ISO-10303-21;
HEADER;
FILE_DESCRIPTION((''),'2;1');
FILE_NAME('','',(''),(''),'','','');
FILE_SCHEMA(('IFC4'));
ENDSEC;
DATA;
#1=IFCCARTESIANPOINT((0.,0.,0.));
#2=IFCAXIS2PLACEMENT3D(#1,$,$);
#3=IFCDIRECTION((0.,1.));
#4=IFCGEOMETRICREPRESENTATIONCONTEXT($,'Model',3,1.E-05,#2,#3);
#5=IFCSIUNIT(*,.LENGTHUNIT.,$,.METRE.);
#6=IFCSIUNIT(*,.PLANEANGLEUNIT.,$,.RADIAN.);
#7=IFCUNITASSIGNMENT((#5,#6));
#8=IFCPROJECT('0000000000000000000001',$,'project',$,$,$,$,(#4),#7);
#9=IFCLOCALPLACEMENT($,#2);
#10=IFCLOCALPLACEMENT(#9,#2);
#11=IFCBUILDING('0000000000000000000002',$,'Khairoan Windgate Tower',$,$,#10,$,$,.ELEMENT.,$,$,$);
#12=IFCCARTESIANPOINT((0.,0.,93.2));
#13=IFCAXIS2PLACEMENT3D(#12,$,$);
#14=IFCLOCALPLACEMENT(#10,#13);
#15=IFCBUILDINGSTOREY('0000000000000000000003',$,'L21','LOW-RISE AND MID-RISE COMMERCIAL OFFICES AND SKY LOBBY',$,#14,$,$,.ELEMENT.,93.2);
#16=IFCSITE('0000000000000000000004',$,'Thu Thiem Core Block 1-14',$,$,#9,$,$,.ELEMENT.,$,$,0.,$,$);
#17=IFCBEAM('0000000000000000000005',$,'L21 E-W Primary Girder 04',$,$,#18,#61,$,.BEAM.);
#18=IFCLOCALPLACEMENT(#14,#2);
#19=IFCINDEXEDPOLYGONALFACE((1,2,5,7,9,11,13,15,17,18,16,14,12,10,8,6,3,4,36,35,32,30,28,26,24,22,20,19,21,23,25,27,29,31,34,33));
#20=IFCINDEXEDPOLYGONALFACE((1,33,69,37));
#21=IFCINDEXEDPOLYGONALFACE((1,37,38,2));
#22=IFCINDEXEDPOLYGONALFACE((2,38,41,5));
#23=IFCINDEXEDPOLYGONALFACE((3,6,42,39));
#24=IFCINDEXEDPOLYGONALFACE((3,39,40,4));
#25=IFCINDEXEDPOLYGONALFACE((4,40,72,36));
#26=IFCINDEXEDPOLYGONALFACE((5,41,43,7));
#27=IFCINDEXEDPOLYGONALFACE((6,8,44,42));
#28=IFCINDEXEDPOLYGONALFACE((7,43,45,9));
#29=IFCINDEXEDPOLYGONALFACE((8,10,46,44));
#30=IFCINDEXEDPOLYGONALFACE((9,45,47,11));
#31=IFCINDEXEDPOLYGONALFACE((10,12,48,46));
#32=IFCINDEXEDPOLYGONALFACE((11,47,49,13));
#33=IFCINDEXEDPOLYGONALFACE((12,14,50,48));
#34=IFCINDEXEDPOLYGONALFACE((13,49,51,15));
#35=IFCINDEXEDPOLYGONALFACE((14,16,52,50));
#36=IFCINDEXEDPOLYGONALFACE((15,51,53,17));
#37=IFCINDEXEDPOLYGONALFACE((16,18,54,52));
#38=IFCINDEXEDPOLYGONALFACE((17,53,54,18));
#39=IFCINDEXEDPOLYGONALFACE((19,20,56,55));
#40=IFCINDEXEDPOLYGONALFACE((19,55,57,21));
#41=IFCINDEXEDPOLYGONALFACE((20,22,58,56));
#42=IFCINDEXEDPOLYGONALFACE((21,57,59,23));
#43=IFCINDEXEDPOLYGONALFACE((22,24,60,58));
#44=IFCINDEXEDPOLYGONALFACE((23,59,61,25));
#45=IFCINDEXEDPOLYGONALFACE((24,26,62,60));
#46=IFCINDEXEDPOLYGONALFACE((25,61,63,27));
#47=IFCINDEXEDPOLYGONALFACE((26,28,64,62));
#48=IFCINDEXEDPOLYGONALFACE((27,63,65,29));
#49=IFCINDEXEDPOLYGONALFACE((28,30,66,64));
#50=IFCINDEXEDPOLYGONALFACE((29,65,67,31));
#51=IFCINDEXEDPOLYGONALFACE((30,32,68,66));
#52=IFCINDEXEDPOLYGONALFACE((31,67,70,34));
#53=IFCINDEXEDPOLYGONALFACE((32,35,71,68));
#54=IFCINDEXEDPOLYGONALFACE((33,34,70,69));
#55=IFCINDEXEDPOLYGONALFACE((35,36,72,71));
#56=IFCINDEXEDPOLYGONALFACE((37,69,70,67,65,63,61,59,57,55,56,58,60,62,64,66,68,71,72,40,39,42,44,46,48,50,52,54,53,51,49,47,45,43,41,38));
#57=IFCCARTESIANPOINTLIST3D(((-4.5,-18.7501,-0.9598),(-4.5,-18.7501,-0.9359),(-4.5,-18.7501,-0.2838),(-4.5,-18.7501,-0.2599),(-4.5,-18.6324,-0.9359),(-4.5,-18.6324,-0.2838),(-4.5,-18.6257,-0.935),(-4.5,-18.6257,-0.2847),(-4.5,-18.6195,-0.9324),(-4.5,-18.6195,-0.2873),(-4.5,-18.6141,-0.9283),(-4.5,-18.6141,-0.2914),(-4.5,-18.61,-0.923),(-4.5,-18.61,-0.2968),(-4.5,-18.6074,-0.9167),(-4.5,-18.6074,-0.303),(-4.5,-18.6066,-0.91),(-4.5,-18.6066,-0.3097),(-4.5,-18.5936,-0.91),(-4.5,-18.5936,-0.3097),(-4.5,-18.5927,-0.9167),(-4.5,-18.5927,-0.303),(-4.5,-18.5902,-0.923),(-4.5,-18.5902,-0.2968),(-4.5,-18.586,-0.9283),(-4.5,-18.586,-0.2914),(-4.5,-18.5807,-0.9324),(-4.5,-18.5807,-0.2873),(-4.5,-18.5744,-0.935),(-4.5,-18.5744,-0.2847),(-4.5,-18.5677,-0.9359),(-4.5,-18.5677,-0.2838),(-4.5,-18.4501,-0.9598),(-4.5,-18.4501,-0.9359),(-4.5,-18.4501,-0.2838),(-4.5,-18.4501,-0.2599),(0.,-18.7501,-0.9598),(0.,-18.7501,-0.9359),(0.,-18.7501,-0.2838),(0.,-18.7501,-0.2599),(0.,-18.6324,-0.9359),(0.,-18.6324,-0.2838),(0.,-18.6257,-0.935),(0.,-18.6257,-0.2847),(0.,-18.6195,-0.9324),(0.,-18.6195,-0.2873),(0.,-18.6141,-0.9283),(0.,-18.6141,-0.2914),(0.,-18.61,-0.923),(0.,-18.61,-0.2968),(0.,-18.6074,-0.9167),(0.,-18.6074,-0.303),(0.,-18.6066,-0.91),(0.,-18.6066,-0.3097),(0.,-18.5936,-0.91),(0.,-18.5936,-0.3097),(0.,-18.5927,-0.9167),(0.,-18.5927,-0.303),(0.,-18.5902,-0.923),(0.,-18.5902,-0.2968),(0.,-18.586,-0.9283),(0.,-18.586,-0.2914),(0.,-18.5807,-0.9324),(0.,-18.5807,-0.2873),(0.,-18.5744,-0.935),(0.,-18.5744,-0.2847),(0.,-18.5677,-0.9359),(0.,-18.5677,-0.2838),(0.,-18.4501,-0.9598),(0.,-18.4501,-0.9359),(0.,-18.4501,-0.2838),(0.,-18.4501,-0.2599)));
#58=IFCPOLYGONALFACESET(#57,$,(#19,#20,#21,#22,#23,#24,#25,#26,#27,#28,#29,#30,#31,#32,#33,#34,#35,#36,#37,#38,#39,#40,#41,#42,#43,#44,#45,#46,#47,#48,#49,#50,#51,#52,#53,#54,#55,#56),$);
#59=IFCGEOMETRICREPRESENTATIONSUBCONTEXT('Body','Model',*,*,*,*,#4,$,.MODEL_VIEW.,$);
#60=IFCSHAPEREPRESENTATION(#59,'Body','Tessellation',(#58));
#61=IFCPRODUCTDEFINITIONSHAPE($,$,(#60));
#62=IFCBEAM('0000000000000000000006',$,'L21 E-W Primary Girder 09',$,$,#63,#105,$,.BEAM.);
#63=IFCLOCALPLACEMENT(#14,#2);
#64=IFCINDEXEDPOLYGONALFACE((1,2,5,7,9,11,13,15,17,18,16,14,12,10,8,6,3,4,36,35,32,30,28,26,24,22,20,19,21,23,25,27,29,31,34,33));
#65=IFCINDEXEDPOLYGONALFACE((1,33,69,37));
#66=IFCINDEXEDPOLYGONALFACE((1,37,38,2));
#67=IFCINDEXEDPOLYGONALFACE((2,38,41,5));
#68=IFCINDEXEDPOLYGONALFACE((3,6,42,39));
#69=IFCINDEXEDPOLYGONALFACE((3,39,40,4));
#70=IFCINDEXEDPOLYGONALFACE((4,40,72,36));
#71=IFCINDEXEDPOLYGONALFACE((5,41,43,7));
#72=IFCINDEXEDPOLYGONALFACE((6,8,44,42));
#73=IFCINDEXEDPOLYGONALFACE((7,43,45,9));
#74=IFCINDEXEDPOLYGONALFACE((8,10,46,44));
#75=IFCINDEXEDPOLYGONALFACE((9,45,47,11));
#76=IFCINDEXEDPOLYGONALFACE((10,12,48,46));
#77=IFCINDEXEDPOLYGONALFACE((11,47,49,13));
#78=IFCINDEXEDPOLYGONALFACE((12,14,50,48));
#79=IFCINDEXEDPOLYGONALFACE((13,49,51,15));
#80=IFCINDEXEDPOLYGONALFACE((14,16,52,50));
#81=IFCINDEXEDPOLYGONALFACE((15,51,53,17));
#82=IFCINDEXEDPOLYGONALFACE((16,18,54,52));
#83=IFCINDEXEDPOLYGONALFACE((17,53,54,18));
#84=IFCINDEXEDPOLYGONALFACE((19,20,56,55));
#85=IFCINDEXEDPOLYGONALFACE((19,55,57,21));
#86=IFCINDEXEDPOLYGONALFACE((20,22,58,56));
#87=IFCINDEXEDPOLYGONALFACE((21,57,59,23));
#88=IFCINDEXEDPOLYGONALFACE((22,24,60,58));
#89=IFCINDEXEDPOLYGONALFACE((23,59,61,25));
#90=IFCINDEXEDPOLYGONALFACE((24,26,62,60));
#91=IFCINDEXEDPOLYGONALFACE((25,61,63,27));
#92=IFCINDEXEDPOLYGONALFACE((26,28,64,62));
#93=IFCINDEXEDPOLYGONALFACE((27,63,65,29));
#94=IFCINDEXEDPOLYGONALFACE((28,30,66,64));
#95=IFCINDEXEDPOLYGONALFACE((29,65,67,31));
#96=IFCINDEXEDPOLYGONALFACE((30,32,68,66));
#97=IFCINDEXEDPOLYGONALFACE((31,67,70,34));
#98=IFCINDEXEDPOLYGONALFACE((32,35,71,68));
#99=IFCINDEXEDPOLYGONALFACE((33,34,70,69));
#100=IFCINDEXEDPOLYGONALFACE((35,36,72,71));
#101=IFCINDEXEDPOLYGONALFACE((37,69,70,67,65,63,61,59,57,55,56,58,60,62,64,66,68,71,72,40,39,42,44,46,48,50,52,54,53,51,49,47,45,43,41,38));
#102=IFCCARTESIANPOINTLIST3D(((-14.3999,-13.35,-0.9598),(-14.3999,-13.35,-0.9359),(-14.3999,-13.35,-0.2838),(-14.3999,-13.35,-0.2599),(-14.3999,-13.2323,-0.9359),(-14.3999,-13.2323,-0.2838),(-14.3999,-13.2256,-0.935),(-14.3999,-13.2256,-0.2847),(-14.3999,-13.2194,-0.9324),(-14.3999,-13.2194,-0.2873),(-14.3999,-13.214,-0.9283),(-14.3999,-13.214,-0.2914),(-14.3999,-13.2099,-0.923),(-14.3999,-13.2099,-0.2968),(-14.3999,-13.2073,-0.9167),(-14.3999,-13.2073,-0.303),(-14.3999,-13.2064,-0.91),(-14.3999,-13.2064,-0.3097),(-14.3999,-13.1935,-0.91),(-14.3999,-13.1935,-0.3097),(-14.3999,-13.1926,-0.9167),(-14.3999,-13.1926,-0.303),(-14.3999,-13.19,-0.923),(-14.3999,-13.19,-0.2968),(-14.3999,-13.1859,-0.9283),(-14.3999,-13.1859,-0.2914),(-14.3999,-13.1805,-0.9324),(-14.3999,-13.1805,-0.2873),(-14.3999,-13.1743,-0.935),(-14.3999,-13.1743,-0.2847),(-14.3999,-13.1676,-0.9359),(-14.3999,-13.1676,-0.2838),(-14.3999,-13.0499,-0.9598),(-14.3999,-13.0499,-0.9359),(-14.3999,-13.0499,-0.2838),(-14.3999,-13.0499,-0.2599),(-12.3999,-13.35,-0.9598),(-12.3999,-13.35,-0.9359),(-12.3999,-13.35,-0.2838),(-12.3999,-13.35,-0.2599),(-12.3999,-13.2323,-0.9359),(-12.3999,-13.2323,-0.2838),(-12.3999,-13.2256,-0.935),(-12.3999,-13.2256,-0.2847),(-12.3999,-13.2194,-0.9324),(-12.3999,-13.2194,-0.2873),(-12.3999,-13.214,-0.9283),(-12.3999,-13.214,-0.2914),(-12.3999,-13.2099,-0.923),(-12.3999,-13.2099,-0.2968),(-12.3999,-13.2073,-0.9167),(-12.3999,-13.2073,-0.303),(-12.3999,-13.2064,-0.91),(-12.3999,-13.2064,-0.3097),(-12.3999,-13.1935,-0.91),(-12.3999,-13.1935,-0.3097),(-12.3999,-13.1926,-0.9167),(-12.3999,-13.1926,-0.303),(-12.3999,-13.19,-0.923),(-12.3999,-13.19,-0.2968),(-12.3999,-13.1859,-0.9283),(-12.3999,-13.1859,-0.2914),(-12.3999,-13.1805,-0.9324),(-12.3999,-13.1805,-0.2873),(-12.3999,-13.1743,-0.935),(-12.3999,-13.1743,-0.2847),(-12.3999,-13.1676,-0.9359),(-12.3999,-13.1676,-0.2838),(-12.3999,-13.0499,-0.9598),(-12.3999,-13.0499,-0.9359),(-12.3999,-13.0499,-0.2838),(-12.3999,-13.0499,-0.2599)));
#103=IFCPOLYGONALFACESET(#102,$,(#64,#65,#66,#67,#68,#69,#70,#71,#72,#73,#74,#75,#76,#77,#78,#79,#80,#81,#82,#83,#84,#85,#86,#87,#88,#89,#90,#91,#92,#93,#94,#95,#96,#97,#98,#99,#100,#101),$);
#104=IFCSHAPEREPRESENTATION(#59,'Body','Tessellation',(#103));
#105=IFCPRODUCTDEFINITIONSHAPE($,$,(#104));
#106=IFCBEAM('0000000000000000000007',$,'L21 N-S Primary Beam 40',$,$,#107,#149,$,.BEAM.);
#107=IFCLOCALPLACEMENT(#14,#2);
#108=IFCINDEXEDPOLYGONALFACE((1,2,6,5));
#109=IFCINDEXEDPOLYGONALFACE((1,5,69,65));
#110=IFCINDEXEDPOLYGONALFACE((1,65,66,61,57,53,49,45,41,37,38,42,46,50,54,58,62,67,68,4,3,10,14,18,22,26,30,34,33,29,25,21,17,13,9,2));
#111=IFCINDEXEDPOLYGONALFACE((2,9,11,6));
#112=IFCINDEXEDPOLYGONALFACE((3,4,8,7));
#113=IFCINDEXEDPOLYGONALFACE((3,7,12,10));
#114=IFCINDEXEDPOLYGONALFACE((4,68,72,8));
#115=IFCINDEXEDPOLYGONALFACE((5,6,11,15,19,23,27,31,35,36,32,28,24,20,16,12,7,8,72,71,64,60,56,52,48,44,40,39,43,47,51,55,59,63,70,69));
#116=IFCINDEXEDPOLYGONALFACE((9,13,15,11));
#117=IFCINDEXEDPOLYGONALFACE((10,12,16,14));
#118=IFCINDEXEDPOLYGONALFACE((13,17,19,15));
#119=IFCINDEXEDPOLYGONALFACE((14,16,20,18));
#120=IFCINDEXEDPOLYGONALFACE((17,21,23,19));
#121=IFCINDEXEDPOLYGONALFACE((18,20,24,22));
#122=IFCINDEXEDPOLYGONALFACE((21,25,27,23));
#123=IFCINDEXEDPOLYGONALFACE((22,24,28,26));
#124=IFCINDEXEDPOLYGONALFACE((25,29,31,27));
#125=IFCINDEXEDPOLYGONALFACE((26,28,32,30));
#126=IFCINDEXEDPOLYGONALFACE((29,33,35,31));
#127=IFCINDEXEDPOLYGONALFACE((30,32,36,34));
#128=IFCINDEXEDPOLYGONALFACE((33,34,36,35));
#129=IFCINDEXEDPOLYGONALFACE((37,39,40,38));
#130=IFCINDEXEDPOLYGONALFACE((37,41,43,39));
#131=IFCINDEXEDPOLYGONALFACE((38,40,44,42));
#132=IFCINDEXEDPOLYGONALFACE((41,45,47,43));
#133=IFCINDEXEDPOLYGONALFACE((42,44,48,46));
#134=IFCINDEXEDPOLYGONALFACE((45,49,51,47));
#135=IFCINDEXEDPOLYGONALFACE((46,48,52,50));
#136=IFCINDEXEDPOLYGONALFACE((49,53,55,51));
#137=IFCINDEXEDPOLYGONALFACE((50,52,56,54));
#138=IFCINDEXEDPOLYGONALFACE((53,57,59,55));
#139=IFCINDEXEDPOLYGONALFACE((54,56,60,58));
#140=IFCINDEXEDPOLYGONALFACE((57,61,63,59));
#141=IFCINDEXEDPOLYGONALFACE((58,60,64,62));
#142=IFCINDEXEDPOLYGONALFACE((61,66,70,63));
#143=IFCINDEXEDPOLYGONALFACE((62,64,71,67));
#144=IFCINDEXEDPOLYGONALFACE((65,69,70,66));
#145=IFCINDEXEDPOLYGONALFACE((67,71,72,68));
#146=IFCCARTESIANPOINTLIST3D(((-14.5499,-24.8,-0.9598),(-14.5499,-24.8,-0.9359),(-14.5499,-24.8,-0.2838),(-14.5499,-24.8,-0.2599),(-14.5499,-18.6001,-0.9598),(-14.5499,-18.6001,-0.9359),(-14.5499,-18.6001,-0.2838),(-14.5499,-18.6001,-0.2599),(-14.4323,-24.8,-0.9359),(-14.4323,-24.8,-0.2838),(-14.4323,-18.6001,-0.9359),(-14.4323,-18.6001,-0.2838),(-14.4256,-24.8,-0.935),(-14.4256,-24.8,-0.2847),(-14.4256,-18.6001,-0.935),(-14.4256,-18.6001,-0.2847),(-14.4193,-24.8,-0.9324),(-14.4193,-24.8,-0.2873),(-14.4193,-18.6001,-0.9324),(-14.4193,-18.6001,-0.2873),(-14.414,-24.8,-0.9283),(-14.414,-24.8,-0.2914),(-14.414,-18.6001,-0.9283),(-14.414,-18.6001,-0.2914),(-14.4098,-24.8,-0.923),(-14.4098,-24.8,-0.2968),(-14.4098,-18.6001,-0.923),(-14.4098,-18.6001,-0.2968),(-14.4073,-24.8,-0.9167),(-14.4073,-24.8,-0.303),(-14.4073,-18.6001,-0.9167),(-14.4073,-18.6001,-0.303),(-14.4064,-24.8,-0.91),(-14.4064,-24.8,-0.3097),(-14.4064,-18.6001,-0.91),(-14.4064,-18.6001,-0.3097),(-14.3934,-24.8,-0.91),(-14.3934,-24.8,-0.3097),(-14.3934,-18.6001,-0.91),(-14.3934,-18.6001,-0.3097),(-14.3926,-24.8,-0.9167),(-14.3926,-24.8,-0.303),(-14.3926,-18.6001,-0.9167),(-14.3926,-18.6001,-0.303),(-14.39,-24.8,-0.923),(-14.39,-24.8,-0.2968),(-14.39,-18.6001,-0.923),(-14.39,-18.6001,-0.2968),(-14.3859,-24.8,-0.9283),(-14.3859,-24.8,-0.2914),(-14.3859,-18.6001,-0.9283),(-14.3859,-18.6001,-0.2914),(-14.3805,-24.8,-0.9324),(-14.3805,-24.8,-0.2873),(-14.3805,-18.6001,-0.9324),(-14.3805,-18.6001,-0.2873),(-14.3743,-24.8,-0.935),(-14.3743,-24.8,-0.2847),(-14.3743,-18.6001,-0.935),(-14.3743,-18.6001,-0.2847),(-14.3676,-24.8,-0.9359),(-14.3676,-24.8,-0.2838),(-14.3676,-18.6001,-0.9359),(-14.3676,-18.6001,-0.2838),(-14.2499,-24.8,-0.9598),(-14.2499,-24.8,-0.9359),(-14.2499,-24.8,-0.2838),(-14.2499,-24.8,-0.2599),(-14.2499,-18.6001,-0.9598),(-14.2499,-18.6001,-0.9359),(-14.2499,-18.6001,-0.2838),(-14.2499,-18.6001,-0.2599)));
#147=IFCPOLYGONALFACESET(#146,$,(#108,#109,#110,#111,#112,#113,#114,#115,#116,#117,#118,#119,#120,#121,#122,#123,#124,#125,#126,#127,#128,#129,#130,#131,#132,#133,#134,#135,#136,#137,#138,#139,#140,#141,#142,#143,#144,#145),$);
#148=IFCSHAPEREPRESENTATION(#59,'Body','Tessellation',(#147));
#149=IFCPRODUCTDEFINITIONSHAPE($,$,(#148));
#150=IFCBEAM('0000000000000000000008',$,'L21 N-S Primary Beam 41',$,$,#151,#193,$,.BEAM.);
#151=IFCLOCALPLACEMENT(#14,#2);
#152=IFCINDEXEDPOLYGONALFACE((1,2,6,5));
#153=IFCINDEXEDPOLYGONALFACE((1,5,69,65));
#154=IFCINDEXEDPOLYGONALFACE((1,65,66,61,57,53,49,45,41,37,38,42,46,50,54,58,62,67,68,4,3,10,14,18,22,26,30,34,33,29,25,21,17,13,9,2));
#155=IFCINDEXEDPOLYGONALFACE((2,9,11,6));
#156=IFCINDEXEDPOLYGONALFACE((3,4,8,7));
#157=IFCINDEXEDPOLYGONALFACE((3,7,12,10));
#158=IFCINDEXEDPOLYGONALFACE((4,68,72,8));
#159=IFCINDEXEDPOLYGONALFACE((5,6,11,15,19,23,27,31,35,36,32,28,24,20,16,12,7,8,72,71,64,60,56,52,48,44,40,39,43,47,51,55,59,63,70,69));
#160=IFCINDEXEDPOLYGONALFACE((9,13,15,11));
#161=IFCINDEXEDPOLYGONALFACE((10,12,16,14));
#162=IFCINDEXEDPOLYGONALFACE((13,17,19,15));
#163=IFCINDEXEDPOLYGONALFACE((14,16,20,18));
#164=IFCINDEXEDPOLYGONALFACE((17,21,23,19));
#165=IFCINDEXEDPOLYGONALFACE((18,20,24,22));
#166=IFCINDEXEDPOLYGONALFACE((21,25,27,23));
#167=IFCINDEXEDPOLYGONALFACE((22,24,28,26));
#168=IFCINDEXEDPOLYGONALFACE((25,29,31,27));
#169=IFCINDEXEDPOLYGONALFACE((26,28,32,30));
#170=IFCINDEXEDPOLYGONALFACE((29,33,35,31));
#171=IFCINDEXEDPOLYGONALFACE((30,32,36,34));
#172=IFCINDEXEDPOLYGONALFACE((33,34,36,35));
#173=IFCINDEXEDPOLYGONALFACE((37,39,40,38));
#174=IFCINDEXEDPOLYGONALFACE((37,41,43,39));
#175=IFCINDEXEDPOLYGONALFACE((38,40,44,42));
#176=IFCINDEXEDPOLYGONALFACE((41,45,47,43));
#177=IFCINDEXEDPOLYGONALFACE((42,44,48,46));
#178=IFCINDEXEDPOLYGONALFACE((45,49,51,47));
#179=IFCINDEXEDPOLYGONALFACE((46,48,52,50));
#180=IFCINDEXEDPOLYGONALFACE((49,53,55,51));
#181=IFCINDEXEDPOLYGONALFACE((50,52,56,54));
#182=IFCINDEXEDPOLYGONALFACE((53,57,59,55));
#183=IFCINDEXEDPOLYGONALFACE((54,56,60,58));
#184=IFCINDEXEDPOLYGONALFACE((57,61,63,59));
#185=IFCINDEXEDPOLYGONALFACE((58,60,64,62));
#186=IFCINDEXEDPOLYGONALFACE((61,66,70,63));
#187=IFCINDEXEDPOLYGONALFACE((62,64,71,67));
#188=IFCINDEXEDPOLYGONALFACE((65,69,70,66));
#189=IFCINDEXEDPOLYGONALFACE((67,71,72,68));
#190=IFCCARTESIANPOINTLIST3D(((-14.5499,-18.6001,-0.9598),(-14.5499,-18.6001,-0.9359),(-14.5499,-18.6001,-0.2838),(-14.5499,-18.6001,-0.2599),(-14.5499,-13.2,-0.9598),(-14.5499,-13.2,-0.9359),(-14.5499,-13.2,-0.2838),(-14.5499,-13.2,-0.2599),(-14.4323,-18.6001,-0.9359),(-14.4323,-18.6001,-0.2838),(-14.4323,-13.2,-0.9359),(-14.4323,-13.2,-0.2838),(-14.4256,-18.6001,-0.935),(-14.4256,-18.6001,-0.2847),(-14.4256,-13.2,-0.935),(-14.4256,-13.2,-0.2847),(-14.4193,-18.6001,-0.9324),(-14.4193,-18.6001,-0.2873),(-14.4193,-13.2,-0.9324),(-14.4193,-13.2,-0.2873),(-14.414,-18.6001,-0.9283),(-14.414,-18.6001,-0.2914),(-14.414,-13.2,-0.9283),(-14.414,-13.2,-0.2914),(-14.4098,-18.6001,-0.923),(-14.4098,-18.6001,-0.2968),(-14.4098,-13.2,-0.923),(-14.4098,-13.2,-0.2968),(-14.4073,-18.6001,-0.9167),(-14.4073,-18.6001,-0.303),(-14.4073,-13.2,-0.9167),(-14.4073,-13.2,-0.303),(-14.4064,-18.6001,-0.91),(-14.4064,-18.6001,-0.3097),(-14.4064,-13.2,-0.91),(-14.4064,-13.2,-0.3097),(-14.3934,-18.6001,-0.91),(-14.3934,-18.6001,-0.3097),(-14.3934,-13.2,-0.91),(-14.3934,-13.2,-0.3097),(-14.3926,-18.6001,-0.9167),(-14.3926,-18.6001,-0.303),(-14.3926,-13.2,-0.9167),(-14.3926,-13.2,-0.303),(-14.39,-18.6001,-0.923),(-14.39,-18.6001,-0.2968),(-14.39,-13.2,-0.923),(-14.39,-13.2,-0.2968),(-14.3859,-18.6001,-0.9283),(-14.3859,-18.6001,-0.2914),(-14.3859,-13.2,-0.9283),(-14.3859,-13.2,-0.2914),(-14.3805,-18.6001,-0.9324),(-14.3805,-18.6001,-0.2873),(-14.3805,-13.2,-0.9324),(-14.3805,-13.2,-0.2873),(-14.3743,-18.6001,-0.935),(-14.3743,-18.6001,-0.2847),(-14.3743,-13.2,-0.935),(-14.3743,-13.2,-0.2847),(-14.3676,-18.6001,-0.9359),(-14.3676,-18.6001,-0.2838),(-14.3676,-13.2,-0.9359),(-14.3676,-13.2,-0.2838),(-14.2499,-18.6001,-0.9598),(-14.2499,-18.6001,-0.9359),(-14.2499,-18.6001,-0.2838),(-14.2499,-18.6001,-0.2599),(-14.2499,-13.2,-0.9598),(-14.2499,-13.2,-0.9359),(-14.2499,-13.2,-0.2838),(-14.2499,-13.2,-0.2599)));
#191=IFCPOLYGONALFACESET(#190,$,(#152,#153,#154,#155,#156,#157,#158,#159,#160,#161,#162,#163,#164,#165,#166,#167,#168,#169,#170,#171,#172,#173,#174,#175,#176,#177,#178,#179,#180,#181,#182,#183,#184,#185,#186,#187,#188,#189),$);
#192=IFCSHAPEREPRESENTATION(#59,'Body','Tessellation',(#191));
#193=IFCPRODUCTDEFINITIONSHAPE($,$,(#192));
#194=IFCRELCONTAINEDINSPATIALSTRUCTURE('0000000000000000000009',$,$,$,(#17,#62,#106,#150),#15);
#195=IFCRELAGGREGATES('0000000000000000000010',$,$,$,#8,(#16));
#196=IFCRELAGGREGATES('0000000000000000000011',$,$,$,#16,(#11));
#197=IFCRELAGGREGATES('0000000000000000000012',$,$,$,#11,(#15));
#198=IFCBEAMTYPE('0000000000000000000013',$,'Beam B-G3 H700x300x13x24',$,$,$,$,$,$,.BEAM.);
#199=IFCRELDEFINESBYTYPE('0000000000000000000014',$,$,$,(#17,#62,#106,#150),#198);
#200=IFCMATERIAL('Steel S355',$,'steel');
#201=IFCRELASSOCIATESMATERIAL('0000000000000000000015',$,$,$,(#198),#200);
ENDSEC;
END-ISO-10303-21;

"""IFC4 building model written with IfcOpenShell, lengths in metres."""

from ifc_helpers import new_model, si_unit, direction, frame, origin, origin_2d, place, context, subcontext, project, spatial, i_section, extrude, material, material_profile, profile_set, type_object, element, save


model = new_model("IFC4")

# Units and contexts
model_context = context("Model", 3, precision=1e-05, world=origin(), true_north=direction((0.0, 1.0)))
body_context = subcontext(model_context, "Body", "Model", "MODEL_VIEW")
ifc_project = project(units=[si_unit("LENGTHUNIT", "METRE"), si_unit("PLANEANGLEUNIT", "RADIAN")], contexts=[model_context])

# Site, building, storey
site_placement = place(None, origin())
site = spatial("IfcSite", under=ifc_project, at=site_placement, Name="Thu Thiem Core Block 1-14", CompositionType="ELEMENT", RefElevation=0.0)
building_placement = place(site_placement, origin())
building = spatial("IfcBuilding", under=site, at=building_placement, Name="Khairoan Windgate Tower", CompositionType="ELEMENT")
storey_placement = place(building_placement, frame((0.0, 0.0, 93.2)))
storey = spatial("IfcBuildingStorey", under=building, at=storey_placement, Name="L21", Description="LOW-RISE AND MID-RISE COMMERCIAL OFFICES AND SKY LOBBY", CompositionType="ELEMENT", Elevation=93.2)

# Beams
ifc_material_1 = material(Name="Steel S355", Category="steel")
ifc_material_profile_1 = material_profile(ifc_material_1, i_section(OverallWidth=0.3, OverallDepth=0.7, WebThickness=0.0129, FlangeThickness=0.0239, FilletRadius=0.0259, at=origin_2d()))
ifc_profile_set_1 = profile_set([ifc_material_profile_1], Name="Steel S355")
beam_type_1 = type_object("IfcBeamType", Name="Beam B-G3 H700x300x13x24", PredefinedType="BEAM", material=ifc_profile_set_1)
beam_1_placement = place(storey_placement, frame((-4.5, -18.6001, -0.6099), z_axis=(1.0, 0.0, 0.0), x_axis=(0.0, 1.0, 0.0)))
element("IfcBeam", 1, at=beam_1_placement, inside=storey, type_object=beam_type_1, Name="L21 E-W Primary Girder 04", PredefinedType="BEAM", context=body_context, shape_type="SweptSolid", body=[
    extrude(i_section(OverallWidth=0.3, OverallDepth=0.7, WebThickness=0.0129, FlangeThickness=0.0239, FilletRadius=0.0259, at=origin_2d()), origin(), (0.0, 0.0, 1.0), 4.5),
])
beam_2_placement = place(storey_placement, frame((-14.3999, -13.2, -0.6099), z_axis=(1.0, 0.0, 0.0), x_axis=(0.0, 1.0, 0.0)))
element("IfcBeam", 2, at=beam_2_placement, inside=storey, type_object=beam_type_1, Name="L21 E-W Primary Girder 09", PredefinedType="BEAM", context=body_context, shape_type="SweptSolid", body=[
    extrude(i_section(OverallWidth=0.3, OverallDepth=0.7, WebThickness=0.0129, FlangeThickness=0.0239, FilletRadius=0.0259, at=origin_2d()), origin(), (0.0, 0.0, 1.0), 2.0),
])
beam_3_placement = place(storey_placement, frame((-14.3999, -24.8, -0.6099), z_axis=(0.0, 1.0, 0.0), x_axis=(-1.0, 0.0, 0.0)))
element("IfcBeam", 3, at=beam_3_placement, inside=storey, type_object=beam_type_1, Name="L21 N-S Primary Beam 40", PredefinedType="BEAM", context=body_context, shape_type="SweptSolid", body=[
    extrude(i_section(OverallWidth=0.3, OverallDepth=0.7, WebThickness=0.0129, FlangeThickness=0.0239, FilletRadius=0.0259, at=origin_2d()), origin(), (0.0, 0.0, 1.0), 6.2),
])
beam_4_placement = place(storey_placement, frame((-14.3999, -18.6001, -0.6099), z_axis=(0.0, 1.0, 0.0), x_axis=(-1.0, 0.0, 0.0)))
element("IfcBeam", 4, at=beam_4_placement, inside=storey, type_object=beam_type_1, Name="L21 N-S Primary Beam 41", PredefinedType="BEAM", context=body_context, shape_type="SweptSolid", body=[
    extrude(i_section(OverallWidth=0.3, OverallDepth=0.7, WebThickness=0.0129, FlangeThickness=0.0239, FilletRadius=0.0259, at=origin_2d()), origin(), (0.0, 0.0, 1.0), 5.4001),
])

save(model, "model.ifc")
